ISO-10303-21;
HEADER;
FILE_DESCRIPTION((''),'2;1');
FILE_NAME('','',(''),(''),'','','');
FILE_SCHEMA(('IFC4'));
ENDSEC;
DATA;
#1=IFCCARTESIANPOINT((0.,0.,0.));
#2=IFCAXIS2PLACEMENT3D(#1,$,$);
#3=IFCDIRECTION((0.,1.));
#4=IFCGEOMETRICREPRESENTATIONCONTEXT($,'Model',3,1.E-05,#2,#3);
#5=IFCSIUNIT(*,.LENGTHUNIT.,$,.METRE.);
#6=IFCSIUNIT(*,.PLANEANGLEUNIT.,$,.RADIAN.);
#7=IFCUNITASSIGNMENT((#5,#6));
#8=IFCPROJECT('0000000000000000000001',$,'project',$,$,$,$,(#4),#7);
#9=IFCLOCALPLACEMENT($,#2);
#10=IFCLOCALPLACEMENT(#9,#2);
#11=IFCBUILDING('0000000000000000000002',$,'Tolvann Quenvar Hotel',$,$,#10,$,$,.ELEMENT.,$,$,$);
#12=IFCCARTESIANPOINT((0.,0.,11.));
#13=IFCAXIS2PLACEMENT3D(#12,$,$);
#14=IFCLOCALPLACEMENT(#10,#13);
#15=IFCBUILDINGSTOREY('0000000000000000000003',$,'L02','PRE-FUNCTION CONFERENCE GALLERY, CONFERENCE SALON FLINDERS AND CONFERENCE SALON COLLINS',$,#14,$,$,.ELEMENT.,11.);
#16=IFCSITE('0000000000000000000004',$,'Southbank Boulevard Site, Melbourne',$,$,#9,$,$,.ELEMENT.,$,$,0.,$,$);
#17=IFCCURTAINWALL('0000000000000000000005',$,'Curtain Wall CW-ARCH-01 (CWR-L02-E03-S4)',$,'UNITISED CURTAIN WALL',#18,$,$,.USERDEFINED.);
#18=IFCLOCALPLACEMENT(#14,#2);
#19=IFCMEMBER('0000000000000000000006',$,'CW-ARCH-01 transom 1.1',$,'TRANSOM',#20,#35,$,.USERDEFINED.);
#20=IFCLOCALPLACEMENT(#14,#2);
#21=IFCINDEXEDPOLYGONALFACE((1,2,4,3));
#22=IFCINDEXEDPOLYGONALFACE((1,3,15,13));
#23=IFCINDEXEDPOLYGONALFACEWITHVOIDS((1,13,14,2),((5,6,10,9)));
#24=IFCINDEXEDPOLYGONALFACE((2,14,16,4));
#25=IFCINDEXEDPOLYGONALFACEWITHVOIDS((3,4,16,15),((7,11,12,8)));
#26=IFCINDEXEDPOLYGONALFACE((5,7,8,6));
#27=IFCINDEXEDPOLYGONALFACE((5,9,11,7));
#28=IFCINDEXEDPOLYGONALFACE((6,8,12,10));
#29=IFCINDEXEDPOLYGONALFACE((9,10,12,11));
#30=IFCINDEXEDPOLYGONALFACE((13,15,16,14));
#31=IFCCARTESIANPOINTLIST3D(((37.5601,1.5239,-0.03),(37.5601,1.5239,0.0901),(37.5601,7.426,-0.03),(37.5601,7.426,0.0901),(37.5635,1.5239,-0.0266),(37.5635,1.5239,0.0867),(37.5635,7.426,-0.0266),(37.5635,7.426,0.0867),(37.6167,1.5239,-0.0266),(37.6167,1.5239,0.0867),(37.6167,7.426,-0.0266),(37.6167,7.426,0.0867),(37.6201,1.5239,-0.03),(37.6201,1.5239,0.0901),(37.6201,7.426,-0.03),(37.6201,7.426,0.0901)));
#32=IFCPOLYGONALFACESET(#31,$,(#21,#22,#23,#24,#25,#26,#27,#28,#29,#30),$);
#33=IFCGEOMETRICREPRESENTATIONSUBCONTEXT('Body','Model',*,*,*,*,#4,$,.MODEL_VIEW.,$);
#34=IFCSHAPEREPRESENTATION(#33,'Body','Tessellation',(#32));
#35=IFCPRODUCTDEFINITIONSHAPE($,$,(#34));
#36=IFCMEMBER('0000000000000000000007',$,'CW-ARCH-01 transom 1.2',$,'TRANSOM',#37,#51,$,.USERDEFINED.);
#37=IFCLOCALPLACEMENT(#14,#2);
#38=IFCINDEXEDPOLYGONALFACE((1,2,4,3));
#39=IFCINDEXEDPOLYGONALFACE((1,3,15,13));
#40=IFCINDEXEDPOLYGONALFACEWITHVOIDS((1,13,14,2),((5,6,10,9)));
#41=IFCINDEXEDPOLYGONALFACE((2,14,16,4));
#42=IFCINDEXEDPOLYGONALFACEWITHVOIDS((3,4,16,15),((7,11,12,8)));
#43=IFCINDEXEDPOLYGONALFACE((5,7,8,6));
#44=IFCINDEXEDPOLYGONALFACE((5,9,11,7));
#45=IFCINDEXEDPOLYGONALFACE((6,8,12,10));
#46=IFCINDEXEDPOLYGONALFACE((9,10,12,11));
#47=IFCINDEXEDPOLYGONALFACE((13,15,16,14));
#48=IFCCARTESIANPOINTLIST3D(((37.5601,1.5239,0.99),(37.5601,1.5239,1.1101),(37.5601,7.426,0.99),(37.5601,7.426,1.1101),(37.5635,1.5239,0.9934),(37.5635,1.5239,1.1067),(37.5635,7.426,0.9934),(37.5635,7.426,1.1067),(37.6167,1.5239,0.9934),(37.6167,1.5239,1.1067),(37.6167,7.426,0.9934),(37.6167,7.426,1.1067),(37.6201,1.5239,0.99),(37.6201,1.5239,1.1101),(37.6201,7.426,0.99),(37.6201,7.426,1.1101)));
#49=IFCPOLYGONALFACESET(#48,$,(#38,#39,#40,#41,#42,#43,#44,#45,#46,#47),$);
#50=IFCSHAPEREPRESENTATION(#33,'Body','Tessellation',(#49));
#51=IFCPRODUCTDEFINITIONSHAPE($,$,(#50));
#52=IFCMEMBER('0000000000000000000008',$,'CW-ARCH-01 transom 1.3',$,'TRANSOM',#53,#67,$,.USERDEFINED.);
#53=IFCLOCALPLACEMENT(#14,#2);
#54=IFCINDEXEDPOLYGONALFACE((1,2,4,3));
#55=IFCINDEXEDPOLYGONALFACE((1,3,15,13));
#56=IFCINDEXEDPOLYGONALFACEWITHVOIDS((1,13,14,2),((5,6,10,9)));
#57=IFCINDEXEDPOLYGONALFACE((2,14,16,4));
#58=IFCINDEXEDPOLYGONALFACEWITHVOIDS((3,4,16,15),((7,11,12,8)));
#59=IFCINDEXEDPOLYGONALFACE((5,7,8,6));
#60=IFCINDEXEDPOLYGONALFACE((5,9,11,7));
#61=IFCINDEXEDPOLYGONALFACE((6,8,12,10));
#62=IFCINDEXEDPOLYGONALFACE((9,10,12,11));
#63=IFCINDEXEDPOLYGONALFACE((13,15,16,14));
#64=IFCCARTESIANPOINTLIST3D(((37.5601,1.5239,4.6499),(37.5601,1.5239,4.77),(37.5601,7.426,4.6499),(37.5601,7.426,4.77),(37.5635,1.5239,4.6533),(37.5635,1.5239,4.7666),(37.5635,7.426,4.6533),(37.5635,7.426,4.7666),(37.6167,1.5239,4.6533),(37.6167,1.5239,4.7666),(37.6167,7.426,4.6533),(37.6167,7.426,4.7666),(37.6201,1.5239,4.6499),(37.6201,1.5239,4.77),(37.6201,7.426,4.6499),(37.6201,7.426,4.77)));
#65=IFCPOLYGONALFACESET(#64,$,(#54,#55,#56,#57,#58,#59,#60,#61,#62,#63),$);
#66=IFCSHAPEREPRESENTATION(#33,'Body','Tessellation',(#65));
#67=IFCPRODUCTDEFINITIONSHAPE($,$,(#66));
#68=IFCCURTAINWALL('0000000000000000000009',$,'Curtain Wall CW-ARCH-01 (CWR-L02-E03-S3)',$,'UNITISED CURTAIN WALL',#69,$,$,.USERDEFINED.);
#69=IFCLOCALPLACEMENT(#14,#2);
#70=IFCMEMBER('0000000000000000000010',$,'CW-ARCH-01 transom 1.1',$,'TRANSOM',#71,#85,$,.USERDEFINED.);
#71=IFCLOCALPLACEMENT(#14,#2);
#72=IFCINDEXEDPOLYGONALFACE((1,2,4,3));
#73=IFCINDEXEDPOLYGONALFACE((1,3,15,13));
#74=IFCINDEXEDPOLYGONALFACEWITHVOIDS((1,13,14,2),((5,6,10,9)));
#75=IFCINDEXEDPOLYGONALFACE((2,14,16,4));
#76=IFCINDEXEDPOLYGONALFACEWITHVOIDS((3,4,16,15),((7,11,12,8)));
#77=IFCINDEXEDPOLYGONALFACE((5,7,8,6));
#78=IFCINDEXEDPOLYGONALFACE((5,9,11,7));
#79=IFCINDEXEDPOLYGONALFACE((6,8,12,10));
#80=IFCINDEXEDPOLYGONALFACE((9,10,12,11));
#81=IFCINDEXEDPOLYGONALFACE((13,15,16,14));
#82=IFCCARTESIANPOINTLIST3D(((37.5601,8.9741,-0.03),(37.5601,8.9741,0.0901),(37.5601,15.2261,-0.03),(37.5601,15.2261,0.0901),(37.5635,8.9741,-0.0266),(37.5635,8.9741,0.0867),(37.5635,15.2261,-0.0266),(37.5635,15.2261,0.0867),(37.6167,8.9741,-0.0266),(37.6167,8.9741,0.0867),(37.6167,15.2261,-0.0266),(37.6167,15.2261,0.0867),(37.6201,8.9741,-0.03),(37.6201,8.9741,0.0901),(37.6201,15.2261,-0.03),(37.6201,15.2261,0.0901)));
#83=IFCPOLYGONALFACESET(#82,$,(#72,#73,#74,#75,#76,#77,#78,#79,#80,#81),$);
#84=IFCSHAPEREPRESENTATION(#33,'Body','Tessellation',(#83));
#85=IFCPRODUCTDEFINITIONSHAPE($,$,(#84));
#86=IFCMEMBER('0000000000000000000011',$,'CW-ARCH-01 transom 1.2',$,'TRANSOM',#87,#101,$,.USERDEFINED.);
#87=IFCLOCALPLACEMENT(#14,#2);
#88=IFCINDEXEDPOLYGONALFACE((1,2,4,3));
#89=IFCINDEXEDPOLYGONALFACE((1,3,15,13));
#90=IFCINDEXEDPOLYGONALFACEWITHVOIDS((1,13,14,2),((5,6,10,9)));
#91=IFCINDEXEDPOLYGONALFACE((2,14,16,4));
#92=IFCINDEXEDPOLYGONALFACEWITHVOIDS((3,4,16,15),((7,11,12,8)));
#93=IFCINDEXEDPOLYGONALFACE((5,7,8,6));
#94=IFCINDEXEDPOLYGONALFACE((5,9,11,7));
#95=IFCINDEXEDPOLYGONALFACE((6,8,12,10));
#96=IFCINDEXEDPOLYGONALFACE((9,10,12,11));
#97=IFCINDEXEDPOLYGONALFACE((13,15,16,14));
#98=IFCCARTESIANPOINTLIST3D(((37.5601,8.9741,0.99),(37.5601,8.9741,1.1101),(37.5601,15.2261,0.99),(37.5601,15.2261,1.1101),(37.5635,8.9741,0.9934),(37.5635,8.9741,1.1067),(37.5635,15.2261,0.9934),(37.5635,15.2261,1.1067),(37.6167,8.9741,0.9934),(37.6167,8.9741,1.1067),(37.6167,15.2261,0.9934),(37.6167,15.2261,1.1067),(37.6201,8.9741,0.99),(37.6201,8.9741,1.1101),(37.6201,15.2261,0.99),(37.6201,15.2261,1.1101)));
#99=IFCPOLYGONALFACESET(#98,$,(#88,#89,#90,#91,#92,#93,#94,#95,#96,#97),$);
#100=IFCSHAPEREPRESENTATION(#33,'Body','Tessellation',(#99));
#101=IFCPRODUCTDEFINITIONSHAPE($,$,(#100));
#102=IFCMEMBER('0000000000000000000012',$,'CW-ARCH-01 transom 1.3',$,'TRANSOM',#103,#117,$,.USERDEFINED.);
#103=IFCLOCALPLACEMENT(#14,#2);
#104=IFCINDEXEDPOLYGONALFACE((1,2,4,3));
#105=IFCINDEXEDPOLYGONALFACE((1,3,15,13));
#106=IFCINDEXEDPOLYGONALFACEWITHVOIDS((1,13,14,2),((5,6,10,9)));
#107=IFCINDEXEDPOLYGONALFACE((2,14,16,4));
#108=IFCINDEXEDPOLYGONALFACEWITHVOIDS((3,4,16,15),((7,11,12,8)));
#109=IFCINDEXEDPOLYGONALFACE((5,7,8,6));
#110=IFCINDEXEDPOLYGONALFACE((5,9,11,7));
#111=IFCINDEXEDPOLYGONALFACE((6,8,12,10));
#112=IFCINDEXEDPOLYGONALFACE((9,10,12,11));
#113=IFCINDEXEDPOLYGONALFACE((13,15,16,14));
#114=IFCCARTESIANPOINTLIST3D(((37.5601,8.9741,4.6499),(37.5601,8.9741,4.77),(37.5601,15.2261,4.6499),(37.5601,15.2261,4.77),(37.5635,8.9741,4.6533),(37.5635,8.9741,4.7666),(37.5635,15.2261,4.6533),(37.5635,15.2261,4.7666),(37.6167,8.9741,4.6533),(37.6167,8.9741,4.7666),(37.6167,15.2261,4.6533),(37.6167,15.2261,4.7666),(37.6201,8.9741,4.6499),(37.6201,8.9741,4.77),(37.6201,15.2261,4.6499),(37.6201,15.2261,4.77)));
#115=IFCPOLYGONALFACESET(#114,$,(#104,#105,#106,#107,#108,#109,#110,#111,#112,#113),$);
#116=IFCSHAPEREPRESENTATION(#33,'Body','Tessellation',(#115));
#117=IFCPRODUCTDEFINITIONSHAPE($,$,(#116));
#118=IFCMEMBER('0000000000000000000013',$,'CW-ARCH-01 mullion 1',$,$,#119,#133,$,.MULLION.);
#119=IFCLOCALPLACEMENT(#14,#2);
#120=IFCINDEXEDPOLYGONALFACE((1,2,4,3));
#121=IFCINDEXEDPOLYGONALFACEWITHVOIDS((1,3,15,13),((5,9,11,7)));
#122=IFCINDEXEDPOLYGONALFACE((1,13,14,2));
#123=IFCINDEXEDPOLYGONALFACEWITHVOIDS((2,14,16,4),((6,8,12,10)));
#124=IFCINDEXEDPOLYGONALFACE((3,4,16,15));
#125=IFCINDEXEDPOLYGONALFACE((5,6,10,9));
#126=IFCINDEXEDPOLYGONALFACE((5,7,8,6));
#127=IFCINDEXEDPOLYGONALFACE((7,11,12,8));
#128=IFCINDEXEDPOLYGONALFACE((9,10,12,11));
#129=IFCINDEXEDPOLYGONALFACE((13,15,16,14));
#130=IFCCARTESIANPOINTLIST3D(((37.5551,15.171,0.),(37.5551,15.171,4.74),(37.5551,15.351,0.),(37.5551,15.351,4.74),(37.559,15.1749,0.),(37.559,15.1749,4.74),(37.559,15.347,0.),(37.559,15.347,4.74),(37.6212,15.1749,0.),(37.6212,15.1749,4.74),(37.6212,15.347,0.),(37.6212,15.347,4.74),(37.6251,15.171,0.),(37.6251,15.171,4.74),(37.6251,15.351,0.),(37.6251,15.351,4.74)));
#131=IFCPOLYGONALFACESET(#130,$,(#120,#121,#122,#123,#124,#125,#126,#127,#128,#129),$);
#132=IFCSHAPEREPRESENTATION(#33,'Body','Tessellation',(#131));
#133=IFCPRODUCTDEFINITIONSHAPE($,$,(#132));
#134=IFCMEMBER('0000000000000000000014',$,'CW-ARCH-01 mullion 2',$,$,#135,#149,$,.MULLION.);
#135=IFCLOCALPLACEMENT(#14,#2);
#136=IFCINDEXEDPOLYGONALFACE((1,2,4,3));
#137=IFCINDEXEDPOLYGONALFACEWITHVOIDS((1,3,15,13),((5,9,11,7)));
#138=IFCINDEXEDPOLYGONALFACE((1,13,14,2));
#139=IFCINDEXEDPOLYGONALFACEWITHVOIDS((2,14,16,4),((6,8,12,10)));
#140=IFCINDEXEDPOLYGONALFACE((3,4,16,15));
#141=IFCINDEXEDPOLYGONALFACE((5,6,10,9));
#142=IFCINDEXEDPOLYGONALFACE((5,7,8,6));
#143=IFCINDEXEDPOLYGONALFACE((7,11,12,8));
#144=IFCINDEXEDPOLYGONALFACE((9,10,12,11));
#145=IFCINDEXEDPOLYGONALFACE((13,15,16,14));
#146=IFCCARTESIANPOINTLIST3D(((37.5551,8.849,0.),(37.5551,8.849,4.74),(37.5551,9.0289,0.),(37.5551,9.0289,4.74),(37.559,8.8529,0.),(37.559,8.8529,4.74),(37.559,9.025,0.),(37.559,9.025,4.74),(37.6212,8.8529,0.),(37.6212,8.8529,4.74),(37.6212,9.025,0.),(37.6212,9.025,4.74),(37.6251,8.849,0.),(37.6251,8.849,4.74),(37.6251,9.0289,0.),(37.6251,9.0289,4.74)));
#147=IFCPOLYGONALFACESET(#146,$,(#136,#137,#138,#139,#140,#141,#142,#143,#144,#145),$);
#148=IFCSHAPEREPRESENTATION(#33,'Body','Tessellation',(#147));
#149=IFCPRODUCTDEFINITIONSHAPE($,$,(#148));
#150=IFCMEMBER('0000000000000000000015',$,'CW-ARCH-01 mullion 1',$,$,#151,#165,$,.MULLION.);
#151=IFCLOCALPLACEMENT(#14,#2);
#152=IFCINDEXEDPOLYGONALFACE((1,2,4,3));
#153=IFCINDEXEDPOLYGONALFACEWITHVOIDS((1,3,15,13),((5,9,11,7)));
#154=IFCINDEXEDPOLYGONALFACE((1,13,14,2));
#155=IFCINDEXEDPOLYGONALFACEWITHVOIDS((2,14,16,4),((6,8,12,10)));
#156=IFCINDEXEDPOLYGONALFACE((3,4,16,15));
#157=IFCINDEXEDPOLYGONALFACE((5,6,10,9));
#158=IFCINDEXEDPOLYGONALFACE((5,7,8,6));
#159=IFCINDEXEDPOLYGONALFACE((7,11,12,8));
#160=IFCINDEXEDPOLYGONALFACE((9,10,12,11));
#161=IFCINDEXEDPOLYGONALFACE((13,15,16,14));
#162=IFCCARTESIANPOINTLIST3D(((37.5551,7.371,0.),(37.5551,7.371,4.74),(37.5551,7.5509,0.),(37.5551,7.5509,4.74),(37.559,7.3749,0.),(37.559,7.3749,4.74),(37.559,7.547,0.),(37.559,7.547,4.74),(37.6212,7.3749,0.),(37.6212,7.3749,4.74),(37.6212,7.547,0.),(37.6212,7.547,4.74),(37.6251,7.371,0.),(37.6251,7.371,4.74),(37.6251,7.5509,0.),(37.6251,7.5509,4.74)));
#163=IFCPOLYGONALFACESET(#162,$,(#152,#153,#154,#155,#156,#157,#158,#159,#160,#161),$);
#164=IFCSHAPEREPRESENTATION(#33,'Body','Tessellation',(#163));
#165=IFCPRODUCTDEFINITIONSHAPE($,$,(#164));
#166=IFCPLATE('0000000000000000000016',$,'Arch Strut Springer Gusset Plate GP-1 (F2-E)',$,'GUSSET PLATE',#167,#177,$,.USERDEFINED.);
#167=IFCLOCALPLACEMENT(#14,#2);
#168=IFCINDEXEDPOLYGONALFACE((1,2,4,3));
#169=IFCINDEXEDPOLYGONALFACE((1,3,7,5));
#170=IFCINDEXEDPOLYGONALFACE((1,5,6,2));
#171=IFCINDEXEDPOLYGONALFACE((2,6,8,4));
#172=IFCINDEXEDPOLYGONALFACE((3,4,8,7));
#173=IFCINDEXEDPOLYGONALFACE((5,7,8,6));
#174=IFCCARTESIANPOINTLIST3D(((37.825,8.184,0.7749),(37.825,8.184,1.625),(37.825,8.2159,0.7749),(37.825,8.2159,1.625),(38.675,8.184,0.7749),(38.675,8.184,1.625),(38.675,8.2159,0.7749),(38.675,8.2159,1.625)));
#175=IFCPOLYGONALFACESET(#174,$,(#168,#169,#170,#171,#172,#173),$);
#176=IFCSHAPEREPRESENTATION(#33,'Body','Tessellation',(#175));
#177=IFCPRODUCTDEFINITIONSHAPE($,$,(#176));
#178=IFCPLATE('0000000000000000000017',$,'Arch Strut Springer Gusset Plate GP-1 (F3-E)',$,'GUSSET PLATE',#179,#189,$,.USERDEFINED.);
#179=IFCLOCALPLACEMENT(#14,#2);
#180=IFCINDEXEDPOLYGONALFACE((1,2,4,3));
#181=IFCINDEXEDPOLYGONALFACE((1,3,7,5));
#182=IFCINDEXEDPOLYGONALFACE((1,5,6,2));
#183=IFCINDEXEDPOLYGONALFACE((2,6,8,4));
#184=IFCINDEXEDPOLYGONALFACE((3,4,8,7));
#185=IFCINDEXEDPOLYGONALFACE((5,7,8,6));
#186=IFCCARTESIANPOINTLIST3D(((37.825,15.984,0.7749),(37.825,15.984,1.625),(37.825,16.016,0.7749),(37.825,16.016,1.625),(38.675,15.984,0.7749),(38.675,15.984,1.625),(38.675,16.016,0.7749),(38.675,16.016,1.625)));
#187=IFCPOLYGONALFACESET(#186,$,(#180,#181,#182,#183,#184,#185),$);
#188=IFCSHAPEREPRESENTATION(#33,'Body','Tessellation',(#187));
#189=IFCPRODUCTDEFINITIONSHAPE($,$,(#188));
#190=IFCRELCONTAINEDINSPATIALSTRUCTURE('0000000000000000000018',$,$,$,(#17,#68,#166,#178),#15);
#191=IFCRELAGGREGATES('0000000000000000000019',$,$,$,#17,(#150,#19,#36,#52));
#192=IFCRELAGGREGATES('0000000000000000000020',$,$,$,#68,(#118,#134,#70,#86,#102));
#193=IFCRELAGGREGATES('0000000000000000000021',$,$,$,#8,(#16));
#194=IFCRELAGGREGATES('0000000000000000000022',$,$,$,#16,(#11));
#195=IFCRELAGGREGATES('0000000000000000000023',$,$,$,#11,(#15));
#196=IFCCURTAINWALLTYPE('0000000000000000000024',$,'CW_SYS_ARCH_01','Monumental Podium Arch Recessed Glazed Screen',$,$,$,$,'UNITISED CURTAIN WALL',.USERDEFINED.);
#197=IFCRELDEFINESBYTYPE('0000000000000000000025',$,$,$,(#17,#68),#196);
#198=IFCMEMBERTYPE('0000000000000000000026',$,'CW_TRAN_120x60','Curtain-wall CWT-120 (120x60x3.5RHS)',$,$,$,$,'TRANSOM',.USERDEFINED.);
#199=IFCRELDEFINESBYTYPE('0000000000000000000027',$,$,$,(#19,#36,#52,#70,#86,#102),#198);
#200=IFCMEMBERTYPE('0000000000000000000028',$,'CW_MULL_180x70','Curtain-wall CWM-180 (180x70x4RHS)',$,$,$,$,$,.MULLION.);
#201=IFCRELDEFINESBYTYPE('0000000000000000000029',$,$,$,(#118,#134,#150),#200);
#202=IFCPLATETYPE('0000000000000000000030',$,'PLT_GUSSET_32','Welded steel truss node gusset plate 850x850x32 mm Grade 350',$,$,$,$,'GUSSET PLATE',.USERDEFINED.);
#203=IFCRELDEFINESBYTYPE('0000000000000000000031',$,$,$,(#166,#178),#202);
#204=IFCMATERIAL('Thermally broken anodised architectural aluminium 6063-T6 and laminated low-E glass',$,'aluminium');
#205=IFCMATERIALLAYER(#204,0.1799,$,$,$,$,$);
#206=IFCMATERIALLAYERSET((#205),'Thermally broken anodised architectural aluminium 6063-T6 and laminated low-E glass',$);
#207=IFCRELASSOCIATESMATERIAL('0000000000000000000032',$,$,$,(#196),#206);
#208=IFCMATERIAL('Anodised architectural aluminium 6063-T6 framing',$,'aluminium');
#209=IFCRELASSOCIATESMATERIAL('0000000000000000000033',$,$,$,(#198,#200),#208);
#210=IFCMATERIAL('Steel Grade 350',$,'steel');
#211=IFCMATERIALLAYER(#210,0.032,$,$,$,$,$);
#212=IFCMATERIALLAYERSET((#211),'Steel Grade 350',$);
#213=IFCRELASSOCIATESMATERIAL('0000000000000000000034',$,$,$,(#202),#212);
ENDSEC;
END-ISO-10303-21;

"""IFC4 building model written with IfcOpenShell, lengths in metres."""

from ifc_helpers import new_model, si_unit, direction, frame, origin, origin_2d, place, context, subcontext, project, spatial, rectangle, hollow_rectangle, extrude, source, transform, mapped, material, layer, layer_set, material_profile, profile_set, type_object, type_shapes, element, aggregate, save


model = new_model("IFC4")

# Units and contexts
model_context = context("Model", 3, precision=1e-05, world=origin(), true_north=direction((0.0, 1.0)))
body_context = subcontext(model_context, "Body", "Model", "MODEL_VIEW")
ifc_project = project(units=[si_unit("LENGTHUNIT", "METRE"), si_unit("PLANEANGLEUNIT", "RADIAN")], contexts=[model_context])

# Site, building, storey
site_placement = place(None, origin())
site = spatial("IfcSite", under=ifc_project, at=site_placement, Name="Southbank Boulevard Site, Melbourne", CompositionType="ELEMENT", RefElevation=0.0)
building_placement = place(site_placement, origin())
building = spatial("IfcBuilding", under=site, at=building_placement, Name="Tolvann Quenvar Hotel", CompositionType="ELEMENT")
storey_placement = place(building_placement, frame((0.0, 0.0, 11.0)))
storey = spatial("IfcBuildingStorey", under=building, at=storey_placement, Name="L02", Description="PRE-FUNCTION CONFERENCE GALLERY, CONFERENCE SALON FLINDERS AND CONFERENCE SALON COLLINS", CompositionType="ELEMENT", Elevation=11.0)

# Shared definitions
ifc_material_1 = material(Name="Steel Grade 350", Category="steel")

# Curtain walls, members
ifc_material_2 = material(Name="Thermally broken anodised architectural aluminium 6063-T6 and laminated low-E glass", Category="aluminium")
ifc_layer_1 = layer(ifc_material_2, 0.1799)
ifc_layer_set_1 = layer_set([ifc_layer_1], Name="Thermally broken anodised architectural aluminium 6063-T6 and laminated low-E glass")
curtain_wall_type = type_object("IfcCurtainWallType", Name="CW_SYS_ARCH_01", Description="Monumental Podium Arch Recessed Glazed Screen", ElementType="UNITISED CURTAIN WALL", PredefinedType="USERDEFINED", material=ifc_layer_set_1)
curtain_wall_1_placement = place(storey_placement, origin())
curtain_wall_1 = element("IfcCurtainWall", 1, at=curtain_wall_1_placement, inside=storey, type_object=curtain_wall_type, Name="Curtain Wall CW-ARCH-01 (CWR-L02-E03-S4)", ObjectType="UNITISED CURTAIN WALL", PredefinedType="USERDEFINED")
ifc_material_3 = material(Name="Anodised architectural aluminium 6063-T6 framing", Category="aluminium")
ifc_material_profile_1 = material_profile(ifc_material_3, hollow_rectangle(XDim=0.0601, YDim=0.1201, WallThickness=0.0034, at=origin_2d()), Name="120x60x3.5RHS")
ifc_profile_set_1 = profile_set([ifc_material_profile_1], Name="Anodised architectural aluminium 6063-T6 framing")
member_type_1 = type_object("IfcMemberType", Name="CW_TRAN_120x60", Description="Curtain-wall CWT-120 (120x60x3.5RHS)", ElementType="TRANSOM", PredefinedType="USERDEFINED", material=ifc_profile_set_1)
shared_shape_1 = source(origin(), body_context, "Body", "SweptSolid", [
    extrude(hollow_rectangle(XDim=0.0601, YDim=0.1201, WallThickness=0.0034, at=origin_2d()), origin(), (0.0, 0.0, 1.0), 5.9021),
])
member_1_placement = place(storey_placement, frame((37.5901, 7.426, 0.03), z_axis=(0.0, -1.0, 0.0), x_axis=(1.0, 0.0, 0.0)))
member_1 = element("IfcMember", 2, at=member_1_placement, type_object=member_type_1, Name="CW-ARCH-01 transom 1.1", ObjectType="TRANSOM", PredefinedType="USERDEFINED", context=body_context, shape_type="MappedRepresentation", body=[
    mapped(shared_shape_1, transform((0.0, 0.0, 0.0), x_axis=(1.0, 0.0, 0.0), y_axis=(0.0, 1.0, 0.0), z_axis=(0.0, 0.0, 1.0), scale=1.0)),
])
member_2_placement = place(storey_placement, frame((37.5901, 7.426, 1.05), z_axis=(0.0, -1.0, 0.0), x_axis=(1.0, 0.0, 0.0)))
member_2 = element("IfcMember", 3, at=member_2_placement, type_object=member_type_1, Name="CW-ARCH-01 transom 1.2", ObjectType="TRANSOM", PredefinedType="USERDEFINED", context=body_context, shape_type="MappedRepresentation", body=[
    mapped(shared_shape_1, transform((0.0, 0.0, 0.0), x_axis=(1.0, 0.0, 0.0), y_axis=(0.0, 1.0, 0.0), z_axis=(0.0, 0.0, 1.0), scale=1.0)),
])
member_3_placement = place(storey_placement, frame((37.5901, 7.426, 4.71), z_axis=(0.0, -1.0, 0.0), x_axis=(1.0, 0.0, 0.0)))
member_3 = element("IfcMember", 4, at=member_3_placement, type_object=member_type_1, Name="CW-ARCH-01 transom 1.3", ObjectType="TRANSOM", PredefinedType="USERDEFINED", context=body_context, shape_type="MappedRepresentation", body=[
    mapped(shared_shape_1, transform((0.0, 0.0, 0.0), x_axis=(1.0, 0.0, 0.0), y_axis=(0.0, 1.0, 0.0), z_axis=(0.0, 0.0, 1.0), scale=1.0)),
])
curtain_wall_2_placement = place(storey_placement, origin())
curtain_wall_2 = element("IfcCurtainWall", 5, at=curtain_wall_2_placement, inside=storey, type_object=curtain_wall_type, Name="Curtain Wall CW-ARCH-01 (CWR-L02-E03-S3)", ObjectType="UNITISED CURTAIN WALL", PredefinedType="USERDEFINED")
shared_shape_2 = source(origin(), body_context, "Body", "SweptSolid", [
    extrude(hollow_rectangle(XDim=0.0601, YDim=0.1201, WallThickness=0.0034, at=origin_2d()), origin(), (0.0, 0.0, 1.0), 6.252),
])
type_shapes(member_type_1, [shared_shape_1, shared_shape_2])
member_4_placement = place(storey_placement, frame((37.5901, 15.2261, 0.03), z_axis=(0.0, -1.0, 0.0), x_axis=(1.0, 0.0, 0.0)))
member_4 = element("IfcMember", 6, at=member_4_placement, type_object=member_type_1, Name="CW-ARCH-01 transom 1.1", ObjectType="TRANSOM", PredefinedType="USERDEFINED", context=body_context, shape_type="MappedRepresentation", body=[
    mapped(shared_shape_2, transform((0.0, 0.0, 0.0), x_axis=(1.0, 0.0, 0.0), y_axis=(0.0, 1.0, 0.0), z_axis=(0.0, 0.0, 1.0), scale=1.0)),
])
member_5_placement = place(storey_placement, frame((37.5901, 15.2261, 1.05), z_axis=(0.0, -1.0, 0.0), x_axis=(1.0, 0.0, 0.0)))
member_5 = element("IfcMember", 7, at=member_5_placement, type_object=member_type_1, Name="CW-ARCH-01 transom 1.2", ObjectType="TRANSOM", PredefinedType="USERDEFINED", context=body_context, shape_type="MappedRepresentation", body=[
    mapped(shared_shape_2, transform((0.0, 0.0, 0.0), x_axis=(1.0, 0.0, 0.0), y_axis=(0.0, 1.0, 0.0), z_axis=(0.0, 0.0, 1.0), scale=1.0)),
])
member_6_placement = place(storey_placement, frame((37.5901, 15.2261, 4.71), z_axis=(0.0, -1.0, 0.0), x_axis=(1.0, 0.0, 0.0)))
member_6 = element("IfcMember", 8, at=member_6_placement, type_object=member_type_1, Name="CW-ARCH-01 transom 1.3", ObjectType="TRANSOM", PredefinedType="USERDEFINED", context=body_context, shape_type="MappedRepresentation", body=[
    mapped(shared_shape_2, transform((0.0, 0.0, 0.0), x_axis=(1.0, 0.0, 0.0), y_axis=(0.0, 1.0, 0.0), z_axis=(0.0, 0.0, 1.0), scale=1.0)),
])
ifc_material_profile_2 = material_profile(ifc_material_3, hollow_rectangle(XDim=0.0701, YDim=0.1799, WallThickness=0.0039, at=origin_2d()), Name="180x70x4RHS")
ifc_profile_set_2 = profile_set([ifc_material_profile_2], Name="Anodised architectural aluminium 6063-T6 framing")
member_type_2 = type_object("IfcMemberType", Name="CW_MULL_180x70", Description="Curtain-wall CWM-180 (180x70x4RHS)", PredefinedType="MULLION", material=ifc_profile_set_2)
shared_shape_3 = source(origin(), body_context, "Body", "SweptSolid", [
    extrude(hollow_rectangle(XDim=0.0701, YDim=0.1799, WallThickness=0.0039, at=origin_2d()), origin(), (0.0, 0.0, 1.0), 4.74),
])
type_shapes(member_type_2, [shared_shape_3])
member_7_placement = place(storey_placement, frame((37.5901, 15.261, 0.0), z_axis=(0.0, 0.0, 1.0), x_axis=(1.0, 0.0, 0.0)))
member_7 = element("IfcMember", 9, at=member_7_placement, type_object=member_type_2, Name="CW-ARCH-01 mullion 1", PredefinedType="MULLION", context=body_context, shape_type="MappedRepresentation", body=[
    mapped(shared_shape_3, transform((0.0, 0.0, 0.0), x_axis=(1.0, 0.0, 0.0), y_axis=(0.0, 1.0, 0.0), z_axis=(0.0, 0.0, 1.0), scale=1.0)),
])
member_8_placement = place(storey_placement, frame((37.5901, 8.939, 0.0), z_axis=(0.0, 0.0, 1.0), x_axis=(1.0, 0.0, 0.0)))
member_8 = element("IfcMember", 10, at=member_8_placement, type_object=member_type_2, Name="CW-ARCH-01 mullion 2", PredefinedType="MULLION", context=body_context, shape_type="MappedRepresentation", body=[
    mapped(shared_shape_3, transform((0.0, 0.0, 0.0), x_axis=(1.0, 0.0, 0.0), y_axis=(0.0, 1.0, 0.0), z_axis=(0.0, 0.0, 1.0), scale=1.0)),
])

# Member
member_9_placement = place(storey_placement, frame((37.5901, 7.4609, 0.0), z_axis=(0.0, 0.0, 1.0), x_axis=(1.0, 0.0, 0.0)))
member_9 = element("IfcMember", 11, at=member_9_placement, type_object=member_type_2, Name="CW-ARCH-01 mullion 1", PredefinedType="MULLION", context=body_context, shape_type="MappedRepresentation", body=[
    mapped(shared_shape_3, transform((0.0, 0.0, 0.0), x_axis=(1.0, 0.0, 0.0), y_axis=(0.0, 1.0, 0.0), z_axis=(0.0, 0.0, 1.0), scale=1.0)),
])
aggregate(curtain_wall_1, [member_9, member_1, member_2, member_3])

# Plates
ifc_layer_2 = layer(ifc_material_1, 0.032)
ifc_layer_set_2 = layer_set([ifc_layer_2], Name="Steel Grade 350")
plate_type_1 = type_object("IfcPlateType", Name="PLT_GUSSET_32", Description="Welded steel truss node gusset plate 850x850x32 mm Grade 350", ElementType="GUSSET PLATE", PredefinedType="USERDEFINED", material=ifc_layer_set_2)
shared_shape_4 = source(origin(), body_context, "Body", "SweptSolid", [
    extrude(rectangle(XDim=0.8501, YDim=0.032, at=origin_2d()), origin(), (0.0, 0.0, 1.0), 0.8501),
])
type_shapes(plate_type_1, [shared_shape_4])
for number, where, z_axis, x_axis, name in (
    (12, (38.25, 8.2, 0.7749), (0.0, 0.0, 1.0), (1.0, 0.0, 0.0), "Arch Strut Springer Gusset Plate GP-1 (F2-E)"),
    (13, (38.25, 16.0, 0.7749), (0.0, 0.0, 1.0), (1.0, 0.0, 0.0), "Arch Strut Springer Gusset Plate GP-1 (F3-E)"),
):
    element("IfcPlate", number, at=place(storey_placement, frame(where, z_axis=z_axis, x_axis=x_axis)), inside=storey, type_object=plate_type_1, Name=name, ObjectType="GUSSET PLATE", PredefinedType="USERDEFINED", context=body_context, shape_type="MappedRepresentation", body=[
        mapped(shared_shape_4, transform((0.0, 0.0, 0.0), x_axis=(1.0, 0.0, 0.0), y_axis=(0.0, 1.0, 0.0), z_axis=(0.0, 0.0, 1.0), scale=1.0)),
    ])

aggregate(curtain_wall_2, [member_7, member_8, member_4, member_5, member_6])

save(model, "model.ifc")
